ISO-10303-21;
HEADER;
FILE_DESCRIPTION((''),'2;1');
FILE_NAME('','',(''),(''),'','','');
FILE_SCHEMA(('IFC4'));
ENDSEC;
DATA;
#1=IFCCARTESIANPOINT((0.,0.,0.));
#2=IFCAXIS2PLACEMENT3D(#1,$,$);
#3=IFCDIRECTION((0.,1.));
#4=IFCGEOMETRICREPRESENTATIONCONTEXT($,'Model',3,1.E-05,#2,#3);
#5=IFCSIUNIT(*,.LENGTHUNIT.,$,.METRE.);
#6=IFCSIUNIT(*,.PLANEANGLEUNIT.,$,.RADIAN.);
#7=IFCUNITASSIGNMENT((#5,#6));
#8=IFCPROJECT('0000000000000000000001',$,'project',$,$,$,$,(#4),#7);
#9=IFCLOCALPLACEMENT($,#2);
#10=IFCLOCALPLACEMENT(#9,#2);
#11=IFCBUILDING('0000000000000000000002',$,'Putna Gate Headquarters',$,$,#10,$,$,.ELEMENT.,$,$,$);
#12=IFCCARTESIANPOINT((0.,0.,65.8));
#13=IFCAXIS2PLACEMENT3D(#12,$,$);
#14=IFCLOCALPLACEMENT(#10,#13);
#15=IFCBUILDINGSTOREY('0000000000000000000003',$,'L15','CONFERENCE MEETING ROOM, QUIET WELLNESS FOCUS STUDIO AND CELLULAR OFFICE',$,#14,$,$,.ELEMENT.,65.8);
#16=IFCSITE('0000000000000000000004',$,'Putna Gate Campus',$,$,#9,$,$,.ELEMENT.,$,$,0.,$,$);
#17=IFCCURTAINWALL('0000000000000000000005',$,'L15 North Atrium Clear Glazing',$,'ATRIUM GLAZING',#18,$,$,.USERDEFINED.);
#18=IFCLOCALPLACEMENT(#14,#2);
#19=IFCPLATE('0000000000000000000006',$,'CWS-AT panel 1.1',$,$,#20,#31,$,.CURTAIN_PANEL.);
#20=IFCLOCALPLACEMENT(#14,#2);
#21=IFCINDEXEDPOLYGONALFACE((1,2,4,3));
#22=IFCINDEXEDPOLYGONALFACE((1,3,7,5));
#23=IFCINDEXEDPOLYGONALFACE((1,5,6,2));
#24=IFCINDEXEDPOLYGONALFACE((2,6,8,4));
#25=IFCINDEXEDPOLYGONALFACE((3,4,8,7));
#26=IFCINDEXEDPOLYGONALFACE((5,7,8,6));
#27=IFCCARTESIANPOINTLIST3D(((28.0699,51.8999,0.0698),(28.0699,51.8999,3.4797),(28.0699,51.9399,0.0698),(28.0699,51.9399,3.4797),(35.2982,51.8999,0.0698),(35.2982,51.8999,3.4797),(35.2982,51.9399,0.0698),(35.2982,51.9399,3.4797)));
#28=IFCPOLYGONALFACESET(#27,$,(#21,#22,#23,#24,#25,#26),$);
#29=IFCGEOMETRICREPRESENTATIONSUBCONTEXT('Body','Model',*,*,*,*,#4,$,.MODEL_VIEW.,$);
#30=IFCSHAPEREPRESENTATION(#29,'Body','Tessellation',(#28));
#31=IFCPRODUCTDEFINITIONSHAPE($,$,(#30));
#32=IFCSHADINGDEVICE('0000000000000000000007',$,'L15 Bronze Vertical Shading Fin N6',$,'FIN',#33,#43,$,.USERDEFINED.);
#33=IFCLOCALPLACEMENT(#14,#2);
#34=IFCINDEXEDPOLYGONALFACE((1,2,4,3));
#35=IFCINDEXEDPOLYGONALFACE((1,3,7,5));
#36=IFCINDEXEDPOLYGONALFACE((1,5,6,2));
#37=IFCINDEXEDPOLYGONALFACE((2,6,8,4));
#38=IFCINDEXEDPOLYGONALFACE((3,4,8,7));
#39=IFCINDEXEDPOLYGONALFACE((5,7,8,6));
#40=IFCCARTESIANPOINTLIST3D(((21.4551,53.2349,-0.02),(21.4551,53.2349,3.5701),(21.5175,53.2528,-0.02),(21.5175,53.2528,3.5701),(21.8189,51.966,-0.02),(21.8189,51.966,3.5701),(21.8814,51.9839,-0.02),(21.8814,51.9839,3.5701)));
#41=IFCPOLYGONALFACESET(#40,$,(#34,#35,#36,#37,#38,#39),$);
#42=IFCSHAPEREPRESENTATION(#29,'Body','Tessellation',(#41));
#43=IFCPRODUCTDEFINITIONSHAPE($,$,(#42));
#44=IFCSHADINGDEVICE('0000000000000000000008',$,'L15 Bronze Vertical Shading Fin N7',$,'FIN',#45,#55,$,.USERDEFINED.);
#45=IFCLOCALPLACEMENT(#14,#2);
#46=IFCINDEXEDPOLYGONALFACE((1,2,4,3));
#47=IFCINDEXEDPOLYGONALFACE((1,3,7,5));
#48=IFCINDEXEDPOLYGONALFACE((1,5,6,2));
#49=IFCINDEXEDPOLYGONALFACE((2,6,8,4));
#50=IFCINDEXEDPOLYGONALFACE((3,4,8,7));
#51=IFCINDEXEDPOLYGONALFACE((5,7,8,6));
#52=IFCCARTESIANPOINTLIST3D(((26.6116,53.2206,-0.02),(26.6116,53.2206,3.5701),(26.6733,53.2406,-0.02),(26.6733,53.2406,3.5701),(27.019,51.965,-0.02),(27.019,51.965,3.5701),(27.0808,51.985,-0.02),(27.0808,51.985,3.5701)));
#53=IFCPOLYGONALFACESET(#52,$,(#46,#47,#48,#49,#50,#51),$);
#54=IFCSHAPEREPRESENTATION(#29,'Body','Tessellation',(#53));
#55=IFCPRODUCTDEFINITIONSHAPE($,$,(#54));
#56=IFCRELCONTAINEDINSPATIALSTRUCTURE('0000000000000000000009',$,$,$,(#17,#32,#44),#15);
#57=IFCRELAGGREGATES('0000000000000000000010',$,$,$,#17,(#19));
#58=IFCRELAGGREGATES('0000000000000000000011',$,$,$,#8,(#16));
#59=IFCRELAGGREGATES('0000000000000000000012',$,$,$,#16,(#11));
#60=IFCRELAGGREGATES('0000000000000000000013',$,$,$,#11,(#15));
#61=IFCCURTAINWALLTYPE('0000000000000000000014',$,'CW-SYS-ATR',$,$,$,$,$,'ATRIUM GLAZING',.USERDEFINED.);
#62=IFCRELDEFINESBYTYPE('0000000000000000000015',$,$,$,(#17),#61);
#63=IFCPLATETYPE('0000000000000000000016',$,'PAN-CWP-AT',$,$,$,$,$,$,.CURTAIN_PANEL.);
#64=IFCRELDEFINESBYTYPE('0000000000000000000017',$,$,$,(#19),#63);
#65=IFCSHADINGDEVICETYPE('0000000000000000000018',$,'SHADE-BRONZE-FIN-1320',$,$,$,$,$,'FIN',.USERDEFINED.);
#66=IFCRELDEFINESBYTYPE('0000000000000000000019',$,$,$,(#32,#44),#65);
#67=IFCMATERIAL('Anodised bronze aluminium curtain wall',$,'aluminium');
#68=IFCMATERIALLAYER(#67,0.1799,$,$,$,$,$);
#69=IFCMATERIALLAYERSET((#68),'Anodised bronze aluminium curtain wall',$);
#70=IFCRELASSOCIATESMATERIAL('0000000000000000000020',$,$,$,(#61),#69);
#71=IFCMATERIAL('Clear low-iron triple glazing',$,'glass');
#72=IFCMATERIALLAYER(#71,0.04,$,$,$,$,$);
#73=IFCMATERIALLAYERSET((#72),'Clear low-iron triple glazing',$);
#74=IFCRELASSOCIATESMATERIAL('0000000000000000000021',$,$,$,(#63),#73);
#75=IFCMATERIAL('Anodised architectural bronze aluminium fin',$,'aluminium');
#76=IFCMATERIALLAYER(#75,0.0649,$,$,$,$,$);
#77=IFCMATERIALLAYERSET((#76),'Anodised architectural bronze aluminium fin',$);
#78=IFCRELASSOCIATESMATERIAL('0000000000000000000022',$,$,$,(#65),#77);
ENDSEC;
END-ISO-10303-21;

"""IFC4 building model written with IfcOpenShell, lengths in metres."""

from ifc_helpers import new_model, si_unit, direction, frame, origin, origin_2d, place, context, subcontext, project, spatial, rectangle, extrude, material, layer, layer_set, type_object, element, aggregate, save


model = new_model("IFC4")

# Units and contexts
model_context = context("Model", 3, precision=1e-05, world=origin(), true_north=direction((0.0, 1.0)))
body_context = subcontext(model_context, "Body", "Model", "MODEL_VIEW")
ifc_project = project(units=[si_unit("LENGTHUNIT", "METRE"), si_unit("PLANEANGLEUNIT", "RADIAN")], contexts=[model_context])

# Site, building, storey
site_placement = place(None, origin())
site = spatial("IfcSite", under=ifc_project, at=site_placement, Name="Putna Gate Campus", CompositionType="ELEMENT", RefElevation=0.0)
building_placement = place(site_placement, origin())
building = spatial("IfcBuilding", under=site, at=building_placement, Name="Putna Gate Headquarters", CompositionType="ELEMENT")
storey_placement = place(building_placement, frame((0.0, 0.0, 65.8)))
storey = spatial("IfcBuildingStorey", under=building, at=storey_placement, Name="L15", Description="CONFERENCE MEETING ROOM, QUIET WELLNESS FOCUS STUDIO AND CELLULAR OFFICE", CompositionType="ELEMENT", Elevation=65.8)

# Curtain wall
ifc_material_1 = material(Name="Anodised bronze aluminium curtain wall", Category="aluminium")
ifc_layer_1 = layer(ifc_material_1, 0.1799)
ifc_layer_set_1 = layer_set([ifc_layer_1], Name="Anodised bronze aluminium curtain wall")
curtain_wall_type_1 = type_object("IfcCurtainWallType", Name="CW-SYS-ATR", ElementType="ATRIUM GLAZING", PredefinedType="USERDEFINED", material=ifc_layer_set_1)
curtain_wall_1_placement = place(storey_placement, origin())
curtain_wall_1 = element("IfcCurtainWall", 1, at=curtain_wall_1_placement, inside=storey, type_object=curtain_wall_type_1, Name="L15 North Atrium Clear Glazing", ObjectType="ATRIUM GLAZING", PredefinedType="USERDEFINED")

# Plate
ifc_material_2 = material(Name="Clear low-iron triple glazing", Category="glass")
ifc_layer_2 = layer(ifc_material_2, 0.04)
ifc_layer_set_2 = layer_set([ifc_layer_2], Name="Clear low-iron triple glazing")
plate_type_1 = type_object("IfcPlateType", Name="PAN-CWP-AT", PredefinedType="CURTAIN_PANEL", material=ifc_layer_set_2)
plate_1_placement = place(storey_placement, frame((31.6841, 51.9199, 0.0698), z_axis=(0.0, 0.0, 1.0), x_axis=(1.0, 0.0, 0.0)))
plate_1 = element("IfcPlate", 2, at=plate_1_placement, type_object=plate_type_1, Name="CWS-AT panel 1.1", PredefinedType="CURTAIN_PANEL", context=body_context, shape_type="SweptSolid", body=[
    extrude(rectangle(XDim=7.2283, YDim=0.04, at=origin_2d()), origin(), (0.0, 0.0, 1.0), 3.4099),
])
aggregate(curtain_wall_1, [plate_1])

# Shading devices
ifc_material_3 = material(Name="Anodised architectural bronze aluminium fin", Category="aluminium")
ifc_layer_3 = layer(ifc_material_3, 0.0649)
ifc_layer_set_3 = layer_set([ifc_layer_3], Name="Anodised architectural bronze aluminium fin")
shading_device_type = type_object("IfcShadingDeviceType", Name="SHADE-BRONZE-FIN-1320", ElementType="FIN", PredefinedType="USERDEFINED", material=ifc_layer_set_3)
for number, where, z_axis, x_axis, name in (
    (3, (21.6682, 52.6094, -0.02), (0.0, 0.0, 1.0), (-0.275637, 0.961262, 0.0), "L15 Bronze Vertical Shading Fin N6"),
    (4, (26.8462, 52.6028, -0.02), (0.0, 0.0, 1.0), (-0.308685, 0.951164, 0.0), "L15 Bronze Vertical Shading Fin N7"),
):
    element("IfcShadingDevice", number, at=place(storey_placement, frame(where, z_axis=z_axis, x_axis=x_axis)), inside=storey, type_object=shading_device_type, Name=name, ObjectType="FIN", PredefinedType="USERDEFINED", context=body_context, shape_type="SweptSolid", body=[
        extrude(rectangle(XDim=1.3201, YDim=0.0649, at=origin_2d()), origin(), (0.0, 0.0, 1.0), 3.5901),
    ])

save(model, "model.ifc")
